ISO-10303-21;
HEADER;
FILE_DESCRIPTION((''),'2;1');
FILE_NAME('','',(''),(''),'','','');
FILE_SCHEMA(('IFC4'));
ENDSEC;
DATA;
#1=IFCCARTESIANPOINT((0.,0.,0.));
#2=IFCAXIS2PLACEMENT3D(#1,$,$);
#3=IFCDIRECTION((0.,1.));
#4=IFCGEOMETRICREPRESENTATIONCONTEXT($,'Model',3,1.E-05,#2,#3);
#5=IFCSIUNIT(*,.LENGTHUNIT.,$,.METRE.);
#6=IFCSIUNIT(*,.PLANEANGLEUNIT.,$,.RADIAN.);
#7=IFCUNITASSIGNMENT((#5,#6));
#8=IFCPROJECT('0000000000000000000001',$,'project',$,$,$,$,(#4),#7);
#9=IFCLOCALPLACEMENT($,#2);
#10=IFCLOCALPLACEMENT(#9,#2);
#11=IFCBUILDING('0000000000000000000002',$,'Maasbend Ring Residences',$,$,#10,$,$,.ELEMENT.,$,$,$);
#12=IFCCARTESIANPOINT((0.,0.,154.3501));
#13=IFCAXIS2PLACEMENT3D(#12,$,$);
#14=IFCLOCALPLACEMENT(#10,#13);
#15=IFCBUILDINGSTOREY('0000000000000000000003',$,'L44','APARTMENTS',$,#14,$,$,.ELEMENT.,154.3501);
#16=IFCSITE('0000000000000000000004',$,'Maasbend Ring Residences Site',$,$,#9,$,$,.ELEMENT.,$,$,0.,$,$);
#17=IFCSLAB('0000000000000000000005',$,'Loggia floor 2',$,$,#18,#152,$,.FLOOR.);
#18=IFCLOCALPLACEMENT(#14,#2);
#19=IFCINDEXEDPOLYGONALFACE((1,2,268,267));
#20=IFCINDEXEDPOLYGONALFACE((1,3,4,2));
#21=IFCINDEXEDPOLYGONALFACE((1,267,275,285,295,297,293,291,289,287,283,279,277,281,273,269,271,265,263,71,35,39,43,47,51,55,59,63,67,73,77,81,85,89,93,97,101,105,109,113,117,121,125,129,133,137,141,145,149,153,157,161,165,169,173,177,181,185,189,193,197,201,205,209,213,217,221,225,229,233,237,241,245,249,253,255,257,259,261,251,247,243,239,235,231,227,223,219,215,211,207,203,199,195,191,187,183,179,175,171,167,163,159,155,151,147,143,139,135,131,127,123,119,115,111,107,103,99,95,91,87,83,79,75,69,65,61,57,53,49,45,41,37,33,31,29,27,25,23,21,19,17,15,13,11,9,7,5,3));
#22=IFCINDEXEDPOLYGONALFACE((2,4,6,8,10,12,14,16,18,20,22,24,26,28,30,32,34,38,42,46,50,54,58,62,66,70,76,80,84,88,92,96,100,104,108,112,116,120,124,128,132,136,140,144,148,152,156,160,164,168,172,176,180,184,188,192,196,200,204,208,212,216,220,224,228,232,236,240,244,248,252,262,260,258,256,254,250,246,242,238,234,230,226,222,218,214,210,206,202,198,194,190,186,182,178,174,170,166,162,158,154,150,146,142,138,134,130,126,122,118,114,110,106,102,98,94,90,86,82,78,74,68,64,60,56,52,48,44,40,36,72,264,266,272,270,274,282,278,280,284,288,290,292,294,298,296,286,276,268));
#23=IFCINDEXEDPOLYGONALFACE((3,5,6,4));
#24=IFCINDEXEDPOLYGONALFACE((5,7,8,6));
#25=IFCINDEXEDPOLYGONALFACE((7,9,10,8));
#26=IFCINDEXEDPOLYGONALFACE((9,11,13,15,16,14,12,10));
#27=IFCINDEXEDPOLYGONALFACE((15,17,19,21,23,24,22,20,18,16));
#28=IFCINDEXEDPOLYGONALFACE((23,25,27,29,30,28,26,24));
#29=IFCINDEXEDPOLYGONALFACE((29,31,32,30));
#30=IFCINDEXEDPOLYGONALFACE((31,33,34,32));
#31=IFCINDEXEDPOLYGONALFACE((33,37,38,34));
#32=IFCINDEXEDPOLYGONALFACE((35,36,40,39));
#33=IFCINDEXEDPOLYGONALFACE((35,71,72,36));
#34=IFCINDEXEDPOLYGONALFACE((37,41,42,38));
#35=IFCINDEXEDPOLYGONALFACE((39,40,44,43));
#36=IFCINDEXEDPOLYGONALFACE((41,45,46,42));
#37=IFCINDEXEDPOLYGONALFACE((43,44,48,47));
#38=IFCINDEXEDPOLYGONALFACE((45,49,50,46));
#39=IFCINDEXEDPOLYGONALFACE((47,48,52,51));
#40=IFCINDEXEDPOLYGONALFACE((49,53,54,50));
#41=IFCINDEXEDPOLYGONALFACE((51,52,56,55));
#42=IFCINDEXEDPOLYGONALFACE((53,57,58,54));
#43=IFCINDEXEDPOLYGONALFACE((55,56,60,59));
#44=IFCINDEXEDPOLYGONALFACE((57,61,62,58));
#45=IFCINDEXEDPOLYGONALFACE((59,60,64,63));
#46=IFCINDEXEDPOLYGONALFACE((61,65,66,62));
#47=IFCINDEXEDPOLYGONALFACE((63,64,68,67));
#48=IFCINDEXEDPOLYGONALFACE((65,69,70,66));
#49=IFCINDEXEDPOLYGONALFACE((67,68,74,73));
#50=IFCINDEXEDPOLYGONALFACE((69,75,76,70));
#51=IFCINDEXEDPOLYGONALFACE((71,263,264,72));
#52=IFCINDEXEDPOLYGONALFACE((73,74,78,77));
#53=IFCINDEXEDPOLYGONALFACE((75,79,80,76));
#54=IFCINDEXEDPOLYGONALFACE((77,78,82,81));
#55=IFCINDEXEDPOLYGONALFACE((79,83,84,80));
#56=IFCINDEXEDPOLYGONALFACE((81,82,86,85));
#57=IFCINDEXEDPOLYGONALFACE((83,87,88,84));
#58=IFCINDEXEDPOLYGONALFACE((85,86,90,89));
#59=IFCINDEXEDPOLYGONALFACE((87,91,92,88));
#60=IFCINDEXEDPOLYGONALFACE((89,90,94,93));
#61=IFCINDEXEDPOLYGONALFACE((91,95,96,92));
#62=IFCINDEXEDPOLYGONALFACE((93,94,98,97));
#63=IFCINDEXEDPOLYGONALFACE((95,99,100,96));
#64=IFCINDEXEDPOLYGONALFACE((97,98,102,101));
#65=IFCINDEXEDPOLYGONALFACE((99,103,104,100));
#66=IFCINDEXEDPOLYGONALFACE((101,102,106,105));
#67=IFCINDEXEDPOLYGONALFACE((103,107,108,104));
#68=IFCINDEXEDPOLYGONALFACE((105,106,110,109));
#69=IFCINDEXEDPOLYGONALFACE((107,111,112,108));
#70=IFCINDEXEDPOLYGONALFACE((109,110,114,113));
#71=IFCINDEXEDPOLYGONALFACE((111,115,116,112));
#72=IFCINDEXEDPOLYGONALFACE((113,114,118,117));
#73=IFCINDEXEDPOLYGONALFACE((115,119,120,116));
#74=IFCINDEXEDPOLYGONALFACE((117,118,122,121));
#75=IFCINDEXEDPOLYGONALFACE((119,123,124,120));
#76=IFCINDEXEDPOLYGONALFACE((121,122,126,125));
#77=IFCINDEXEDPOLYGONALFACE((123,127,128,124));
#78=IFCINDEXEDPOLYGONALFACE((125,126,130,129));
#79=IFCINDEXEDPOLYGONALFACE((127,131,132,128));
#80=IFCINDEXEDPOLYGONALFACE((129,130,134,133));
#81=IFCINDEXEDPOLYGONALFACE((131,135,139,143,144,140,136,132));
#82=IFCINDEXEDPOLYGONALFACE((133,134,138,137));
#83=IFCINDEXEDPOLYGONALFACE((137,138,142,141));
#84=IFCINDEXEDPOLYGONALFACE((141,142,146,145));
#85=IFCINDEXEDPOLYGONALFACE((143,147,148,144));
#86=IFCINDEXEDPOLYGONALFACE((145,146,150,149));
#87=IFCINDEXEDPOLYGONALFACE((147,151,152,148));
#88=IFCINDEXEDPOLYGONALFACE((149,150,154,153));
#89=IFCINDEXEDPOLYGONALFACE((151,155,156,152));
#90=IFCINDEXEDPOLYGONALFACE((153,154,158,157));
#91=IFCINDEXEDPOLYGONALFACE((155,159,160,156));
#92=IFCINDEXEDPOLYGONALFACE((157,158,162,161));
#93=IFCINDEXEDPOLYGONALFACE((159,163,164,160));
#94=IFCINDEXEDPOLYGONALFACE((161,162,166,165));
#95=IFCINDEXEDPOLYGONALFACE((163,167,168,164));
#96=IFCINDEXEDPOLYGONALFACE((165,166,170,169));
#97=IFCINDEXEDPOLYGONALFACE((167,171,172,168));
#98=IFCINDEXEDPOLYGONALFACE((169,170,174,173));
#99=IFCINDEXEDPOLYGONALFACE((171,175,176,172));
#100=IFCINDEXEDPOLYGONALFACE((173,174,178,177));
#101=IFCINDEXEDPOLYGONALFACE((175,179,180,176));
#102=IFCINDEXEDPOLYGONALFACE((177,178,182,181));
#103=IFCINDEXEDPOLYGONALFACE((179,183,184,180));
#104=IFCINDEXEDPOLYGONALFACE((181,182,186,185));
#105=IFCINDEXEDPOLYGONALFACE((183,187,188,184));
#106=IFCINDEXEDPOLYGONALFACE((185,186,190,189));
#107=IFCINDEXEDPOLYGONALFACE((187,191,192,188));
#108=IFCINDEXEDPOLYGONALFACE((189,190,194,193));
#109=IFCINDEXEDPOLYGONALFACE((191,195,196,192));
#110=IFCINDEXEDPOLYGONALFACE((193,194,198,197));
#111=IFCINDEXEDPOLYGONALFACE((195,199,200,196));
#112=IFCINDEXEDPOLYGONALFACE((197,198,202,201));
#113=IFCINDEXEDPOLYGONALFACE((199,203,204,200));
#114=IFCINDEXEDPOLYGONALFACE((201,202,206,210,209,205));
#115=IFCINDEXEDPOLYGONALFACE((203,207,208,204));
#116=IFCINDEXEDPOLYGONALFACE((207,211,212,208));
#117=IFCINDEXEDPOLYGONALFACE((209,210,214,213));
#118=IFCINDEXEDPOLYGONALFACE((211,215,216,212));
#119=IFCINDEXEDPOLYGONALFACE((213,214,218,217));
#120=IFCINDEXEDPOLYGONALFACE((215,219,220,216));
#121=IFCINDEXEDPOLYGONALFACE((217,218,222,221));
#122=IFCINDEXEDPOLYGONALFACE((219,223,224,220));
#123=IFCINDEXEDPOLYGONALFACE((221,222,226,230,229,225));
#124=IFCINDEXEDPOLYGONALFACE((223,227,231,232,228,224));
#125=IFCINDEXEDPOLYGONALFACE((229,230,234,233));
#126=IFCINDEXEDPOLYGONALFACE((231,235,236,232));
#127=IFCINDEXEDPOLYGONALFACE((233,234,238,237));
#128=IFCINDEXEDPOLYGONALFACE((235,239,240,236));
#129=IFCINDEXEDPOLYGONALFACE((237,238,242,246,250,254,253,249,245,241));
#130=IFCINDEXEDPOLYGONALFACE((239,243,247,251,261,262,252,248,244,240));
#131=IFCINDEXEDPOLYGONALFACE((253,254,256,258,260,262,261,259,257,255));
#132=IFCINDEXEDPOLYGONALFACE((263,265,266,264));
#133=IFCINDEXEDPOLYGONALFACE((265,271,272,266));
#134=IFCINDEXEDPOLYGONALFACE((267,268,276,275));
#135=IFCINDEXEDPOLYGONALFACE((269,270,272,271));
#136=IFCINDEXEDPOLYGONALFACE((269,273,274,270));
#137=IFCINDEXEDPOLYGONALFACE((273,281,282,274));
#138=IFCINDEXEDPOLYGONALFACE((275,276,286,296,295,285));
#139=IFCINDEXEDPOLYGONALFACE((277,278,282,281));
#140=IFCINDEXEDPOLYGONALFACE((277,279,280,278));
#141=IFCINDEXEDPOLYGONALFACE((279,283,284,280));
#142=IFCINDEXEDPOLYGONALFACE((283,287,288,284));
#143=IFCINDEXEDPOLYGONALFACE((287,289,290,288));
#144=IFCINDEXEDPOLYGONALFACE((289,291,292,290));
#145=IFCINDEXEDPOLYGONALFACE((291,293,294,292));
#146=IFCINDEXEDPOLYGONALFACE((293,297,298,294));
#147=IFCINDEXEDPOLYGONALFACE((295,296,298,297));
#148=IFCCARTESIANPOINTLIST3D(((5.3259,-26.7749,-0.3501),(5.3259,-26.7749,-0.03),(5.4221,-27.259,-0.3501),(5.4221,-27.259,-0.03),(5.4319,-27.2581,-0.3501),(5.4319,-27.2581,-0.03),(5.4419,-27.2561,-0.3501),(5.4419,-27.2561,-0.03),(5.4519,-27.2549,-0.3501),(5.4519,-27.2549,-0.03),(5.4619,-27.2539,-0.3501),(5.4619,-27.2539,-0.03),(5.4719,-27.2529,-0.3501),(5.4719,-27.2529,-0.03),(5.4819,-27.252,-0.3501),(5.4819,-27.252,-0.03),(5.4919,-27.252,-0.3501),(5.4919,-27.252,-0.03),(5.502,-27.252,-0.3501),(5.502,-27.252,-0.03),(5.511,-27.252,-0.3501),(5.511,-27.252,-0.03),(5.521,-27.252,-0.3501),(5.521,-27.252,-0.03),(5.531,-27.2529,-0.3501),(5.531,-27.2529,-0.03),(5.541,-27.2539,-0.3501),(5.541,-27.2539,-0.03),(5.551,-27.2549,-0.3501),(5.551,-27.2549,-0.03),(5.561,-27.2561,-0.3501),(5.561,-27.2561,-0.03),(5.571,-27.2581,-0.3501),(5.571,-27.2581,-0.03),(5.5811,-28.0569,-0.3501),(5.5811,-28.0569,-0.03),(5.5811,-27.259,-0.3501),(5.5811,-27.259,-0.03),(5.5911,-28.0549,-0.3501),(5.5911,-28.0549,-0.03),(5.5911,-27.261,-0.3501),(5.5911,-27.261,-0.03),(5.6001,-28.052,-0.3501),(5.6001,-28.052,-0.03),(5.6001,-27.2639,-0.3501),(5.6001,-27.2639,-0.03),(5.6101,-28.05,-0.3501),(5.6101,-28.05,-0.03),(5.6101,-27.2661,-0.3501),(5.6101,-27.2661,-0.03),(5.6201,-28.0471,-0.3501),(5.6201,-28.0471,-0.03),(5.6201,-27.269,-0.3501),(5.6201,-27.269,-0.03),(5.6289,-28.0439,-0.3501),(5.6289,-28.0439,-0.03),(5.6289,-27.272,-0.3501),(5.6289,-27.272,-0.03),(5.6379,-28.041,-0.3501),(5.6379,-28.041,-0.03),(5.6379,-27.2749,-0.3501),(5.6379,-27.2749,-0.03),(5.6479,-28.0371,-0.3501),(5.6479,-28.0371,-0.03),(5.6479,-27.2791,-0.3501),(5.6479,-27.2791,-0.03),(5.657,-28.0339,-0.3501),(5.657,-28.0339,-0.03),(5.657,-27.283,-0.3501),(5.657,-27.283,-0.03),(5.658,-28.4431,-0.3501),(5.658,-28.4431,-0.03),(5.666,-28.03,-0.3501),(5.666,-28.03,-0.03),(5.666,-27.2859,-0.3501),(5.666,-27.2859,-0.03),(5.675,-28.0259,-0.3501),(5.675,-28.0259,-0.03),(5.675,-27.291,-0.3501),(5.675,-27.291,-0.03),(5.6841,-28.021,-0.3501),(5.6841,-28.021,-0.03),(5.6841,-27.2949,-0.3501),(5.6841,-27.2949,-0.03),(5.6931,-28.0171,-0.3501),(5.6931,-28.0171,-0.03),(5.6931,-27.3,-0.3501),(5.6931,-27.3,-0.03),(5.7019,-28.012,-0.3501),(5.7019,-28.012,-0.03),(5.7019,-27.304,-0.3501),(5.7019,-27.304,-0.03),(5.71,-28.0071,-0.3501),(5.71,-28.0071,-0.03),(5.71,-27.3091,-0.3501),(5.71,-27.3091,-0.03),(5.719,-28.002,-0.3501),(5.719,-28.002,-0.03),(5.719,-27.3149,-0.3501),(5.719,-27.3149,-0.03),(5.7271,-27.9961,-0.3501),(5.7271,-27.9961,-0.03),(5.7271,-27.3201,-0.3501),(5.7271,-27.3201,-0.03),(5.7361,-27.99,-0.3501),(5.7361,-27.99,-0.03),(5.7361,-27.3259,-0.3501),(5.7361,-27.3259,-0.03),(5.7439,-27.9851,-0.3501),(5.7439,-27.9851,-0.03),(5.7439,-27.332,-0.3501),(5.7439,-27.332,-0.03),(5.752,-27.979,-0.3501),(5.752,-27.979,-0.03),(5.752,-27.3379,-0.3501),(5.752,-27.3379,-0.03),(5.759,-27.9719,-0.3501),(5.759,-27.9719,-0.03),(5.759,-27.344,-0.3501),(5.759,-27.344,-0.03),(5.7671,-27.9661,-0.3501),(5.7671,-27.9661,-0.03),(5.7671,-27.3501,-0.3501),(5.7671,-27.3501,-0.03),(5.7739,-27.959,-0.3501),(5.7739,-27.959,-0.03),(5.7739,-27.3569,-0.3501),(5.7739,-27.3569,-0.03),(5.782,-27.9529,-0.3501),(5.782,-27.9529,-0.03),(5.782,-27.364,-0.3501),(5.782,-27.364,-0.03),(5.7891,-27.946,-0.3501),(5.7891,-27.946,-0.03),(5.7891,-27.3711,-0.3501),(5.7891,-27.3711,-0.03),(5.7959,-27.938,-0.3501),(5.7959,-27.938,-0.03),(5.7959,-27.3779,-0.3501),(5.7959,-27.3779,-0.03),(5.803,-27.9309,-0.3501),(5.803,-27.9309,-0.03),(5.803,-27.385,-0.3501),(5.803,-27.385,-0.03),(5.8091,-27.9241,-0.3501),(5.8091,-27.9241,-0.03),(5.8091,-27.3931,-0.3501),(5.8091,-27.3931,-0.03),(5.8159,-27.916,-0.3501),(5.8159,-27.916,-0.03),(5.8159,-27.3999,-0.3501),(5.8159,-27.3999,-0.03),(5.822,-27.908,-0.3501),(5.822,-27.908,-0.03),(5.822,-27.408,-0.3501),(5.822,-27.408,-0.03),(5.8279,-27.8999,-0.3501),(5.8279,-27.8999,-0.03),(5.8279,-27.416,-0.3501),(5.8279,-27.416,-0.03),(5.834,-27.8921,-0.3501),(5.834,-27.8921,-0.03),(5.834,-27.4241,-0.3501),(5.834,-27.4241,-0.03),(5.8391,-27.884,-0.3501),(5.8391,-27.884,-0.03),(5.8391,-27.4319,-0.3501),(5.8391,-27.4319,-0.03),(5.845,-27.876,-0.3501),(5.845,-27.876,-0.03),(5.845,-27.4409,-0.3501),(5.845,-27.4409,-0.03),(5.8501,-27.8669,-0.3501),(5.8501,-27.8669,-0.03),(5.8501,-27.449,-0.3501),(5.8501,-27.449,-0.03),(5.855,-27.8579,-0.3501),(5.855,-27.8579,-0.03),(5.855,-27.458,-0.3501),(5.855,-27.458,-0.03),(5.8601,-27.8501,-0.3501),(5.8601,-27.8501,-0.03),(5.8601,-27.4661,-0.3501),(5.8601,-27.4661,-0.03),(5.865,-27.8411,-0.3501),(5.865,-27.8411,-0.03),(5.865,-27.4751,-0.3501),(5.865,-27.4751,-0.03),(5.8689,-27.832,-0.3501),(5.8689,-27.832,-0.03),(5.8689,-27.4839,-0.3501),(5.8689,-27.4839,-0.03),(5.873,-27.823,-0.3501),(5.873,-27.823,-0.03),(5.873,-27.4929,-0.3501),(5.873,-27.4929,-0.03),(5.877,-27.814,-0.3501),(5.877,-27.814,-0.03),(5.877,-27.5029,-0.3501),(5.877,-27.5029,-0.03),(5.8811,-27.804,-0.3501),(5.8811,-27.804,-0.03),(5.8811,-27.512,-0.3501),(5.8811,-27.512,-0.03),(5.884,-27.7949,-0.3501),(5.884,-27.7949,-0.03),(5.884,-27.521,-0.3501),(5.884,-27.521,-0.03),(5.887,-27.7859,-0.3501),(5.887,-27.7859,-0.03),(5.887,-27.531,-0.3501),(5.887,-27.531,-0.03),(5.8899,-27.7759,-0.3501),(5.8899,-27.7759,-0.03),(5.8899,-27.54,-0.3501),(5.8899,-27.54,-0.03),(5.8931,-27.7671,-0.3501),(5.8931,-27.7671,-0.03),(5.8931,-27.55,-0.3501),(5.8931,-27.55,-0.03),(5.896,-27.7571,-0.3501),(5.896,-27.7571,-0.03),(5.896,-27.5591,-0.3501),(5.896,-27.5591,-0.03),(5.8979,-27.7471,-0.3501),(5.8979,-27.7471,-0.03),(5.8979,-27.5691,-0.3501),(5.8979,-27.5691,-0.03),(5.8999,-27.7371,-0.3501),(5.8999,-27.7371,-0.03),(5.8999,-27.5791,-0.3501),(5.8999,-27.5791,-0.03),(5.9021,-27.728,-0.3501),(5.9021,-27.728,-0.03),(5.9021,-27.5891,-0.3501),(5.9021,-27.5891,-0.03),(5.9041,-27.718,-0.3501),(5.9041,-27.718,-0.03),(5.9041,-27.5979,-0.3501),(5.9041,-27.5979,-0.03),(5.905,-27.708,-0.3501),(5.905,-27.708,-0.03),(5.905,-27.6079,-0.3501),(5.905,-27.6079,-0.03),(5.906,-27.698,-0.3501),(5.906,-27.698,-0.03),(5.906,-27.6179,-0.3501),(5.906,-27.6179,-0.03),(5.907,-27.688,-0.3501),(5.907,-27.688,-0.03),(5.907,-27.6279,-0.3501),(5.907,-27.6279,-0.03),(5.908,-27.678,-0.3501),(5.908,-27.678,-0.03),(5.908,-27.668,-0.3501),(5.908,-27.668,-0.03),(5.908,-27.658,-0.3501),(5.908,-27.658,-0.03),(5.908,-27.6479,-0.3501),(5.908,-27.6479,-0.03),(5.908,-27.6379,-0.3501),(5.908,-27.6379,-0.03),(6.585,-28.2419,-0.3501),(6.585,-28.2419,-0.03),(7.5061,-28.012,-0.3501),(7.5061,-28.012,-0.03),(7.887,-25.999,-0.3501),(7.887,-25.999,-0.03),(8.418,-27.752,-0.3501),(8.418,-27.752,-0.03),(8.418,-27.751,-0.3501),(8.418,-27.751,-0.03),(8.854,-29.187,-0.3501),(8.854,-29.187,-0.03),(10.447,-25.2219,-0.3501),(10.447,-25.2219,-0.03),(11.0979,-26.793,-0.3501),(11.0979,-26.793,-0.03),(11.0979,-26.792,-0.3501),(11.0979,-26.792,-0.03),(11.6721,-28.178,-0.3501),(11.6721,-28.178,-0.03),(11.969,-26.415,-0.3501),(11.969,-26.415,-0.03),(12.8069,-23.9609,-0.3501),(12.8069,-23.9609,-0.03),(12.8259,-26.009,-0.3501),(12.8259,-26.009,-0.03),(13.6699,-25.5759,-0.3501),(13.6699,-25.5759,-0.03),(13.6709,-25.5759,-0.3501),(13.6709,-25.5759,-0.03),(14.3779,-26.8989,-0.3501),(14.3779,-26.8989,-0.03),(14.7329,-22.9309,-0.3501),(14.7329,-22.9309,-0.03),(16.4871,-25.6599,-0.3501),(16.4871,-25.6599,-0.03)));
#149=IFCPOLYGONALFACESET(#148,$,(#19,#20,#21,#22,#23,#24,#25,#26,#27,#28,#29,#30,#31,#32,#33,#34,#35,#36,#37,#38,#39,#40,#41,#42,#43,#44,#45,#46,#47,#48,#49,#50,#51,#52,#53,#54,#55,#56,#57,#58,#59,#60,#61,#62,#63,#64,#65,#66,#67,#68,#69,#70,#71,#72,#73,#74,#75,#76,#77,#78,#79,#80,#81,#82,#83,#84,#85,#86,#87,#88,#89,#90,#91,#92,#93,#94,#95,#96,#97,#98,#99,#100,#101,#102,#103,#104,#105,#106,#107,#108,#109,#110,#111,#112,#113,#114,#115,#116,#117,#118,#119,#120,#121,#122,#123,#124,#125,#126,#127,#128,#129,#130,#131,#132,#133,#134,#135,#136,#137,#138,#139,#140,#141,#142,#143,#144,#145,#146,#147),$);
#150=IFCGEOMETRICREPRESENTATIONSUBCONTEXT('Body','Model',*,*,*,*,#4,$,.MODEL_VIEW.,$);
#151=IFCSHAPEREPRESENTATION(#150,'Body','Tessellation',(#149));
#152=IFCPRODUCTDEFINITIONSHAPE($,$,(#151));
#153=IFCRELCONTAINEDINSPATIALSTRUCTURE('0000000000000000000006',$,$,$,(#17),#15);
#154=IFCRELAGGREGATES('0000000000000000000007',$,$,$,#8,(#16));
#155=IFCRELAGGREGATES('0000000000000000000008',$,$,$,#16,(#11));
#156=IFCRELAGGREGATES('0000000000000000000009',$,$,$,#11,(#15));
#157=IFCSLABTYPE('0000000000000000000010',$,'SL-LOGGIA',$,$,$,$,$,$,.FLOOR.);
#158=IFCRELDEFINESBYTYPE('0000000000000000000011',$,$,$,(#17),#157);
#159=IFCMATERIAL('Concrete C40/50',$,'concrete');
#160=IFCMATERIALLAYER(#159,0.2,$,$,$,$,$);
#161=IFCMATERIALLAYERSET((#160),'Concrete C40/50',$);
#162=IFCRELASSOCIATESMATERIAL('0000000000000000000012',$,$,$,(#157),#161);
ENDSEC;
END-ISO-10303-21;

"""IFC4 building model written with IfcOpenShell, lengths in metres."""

from ifc_helpers import new_model, si_unit, direction, frame, origin, place, context, subcontext, project, spatial, polyline, outline, extrude, material, layer, layer_set, type_object, element, save


model = new_model("IFC4")

# Units and contexts
model_context = context("Model", 3, precision=1e-05, world=origin(), true_north=direction((0.0, 1.0)))
body_context = subcontext(model_context, "Body", "Model", "MODEL_VIEW")
ifc_project = project(units=[si_unit("LENGTHUNIT", "METRE"), si_unit("PLANEANGLEUNIT", "RADIAN")], contexts=[model_context])

# Site, building, storey
site_placement = place(None, origin())
site = spatial("IfcSite", under=ifc_project, at=site_placement, Name="Maasbend Ring Residences Site", CompositionType="ELEMENT", RefElevation=0.0)
building_placement = place(site_placement, origin())
building = spatial("IfcBuilding", under=site, at=building_placement, Name="Maasbend Ring Residences", CompositionType="ELEMENT")
storey_placement = place(building_placement, frame((0.0, 0.0, 154.3501)))
storey = spatial("IfcBuildingStorey", under=building, at=storey_placement, Name="L44", Description="APARTMENTS", CompositionType="ELEMENT", Elevation=154.3501)

# Slab
ifc_material_1 = material(Name="Concrete C40/50", Category="concrete")
ifc_layer_1 = layer(ifc_material_1, 0.2)
ifc_layer_set_1 = layer_set([ifc_layer_1], Name="Concrete C40/50")
slab_type_1 = type_object("IfcSlabType", Name="SL-LOGGIA", PredefinedType="FLOOR", material=ifc_layer_set_1)
slab_1_placement = place(storey_placement, frame((0.0, 0.0, -0.3501)))
element("IfcSlab", 1, at=slab_1_placement, inside=storey, type_object=slab_type_1, Name="Loggia floor 2", PredefinedType="FLOOR", context=body_context, shape_type="SweptSolid", body=[
    extrude(outline(polyline([(10.447, -25.2219), (12.8069, -23.9609), (14.7329, -22.9309), (14.7329, -22.9309), (14.7329, -22.9309), (16.4871, -25.6599), (16.4871, -25.6599), (16.4871, -25.6599), (14.3779, -26.8989), (14.3779, -26.8989), (14.3779, -26.8989), (13.6709, -25.5759), (13.6709, -25.5759), (13.6709, -25.5759), (13.6709, -25.5759), (13.6709, -25.5759), (13.6709, -25.5759), (13.6709, -25.5759), (13.6699, -25.5759), (13.6699, -25.5759), (13.6699, -25.5759), (13.6699, -25.5759), (13.6699, -25.5759), (13.6699, -25.5759), (13.6699, -25.5759), (13.6699, -25.5759), (13.6699, -25.5759), (13.6699, -25.5759), (12.8259, -26.009), (12.8259, -26.009), (11.969, -26.415), (11.969, -26.415), (11.0979, -26.792), (11.0979, -26.792), (11.0979, -26.792), (11.0979, -26.792), (11.0979, -26.792), (11.0979, -26.792), (11.0979, -26.792), (11.0979, -26.793), (11.0979, -26.793), (11.0979, -26.793), (11.0979, -26.793), (11.0979, -26.793), (11.0979, -26.793), (11.0979, -26.793), (11.0979, -26.793), (11.0979, -26.793), (11.0979, -26.793), (11.6721, -28.178), (11.6721, -28.178), (11.6721, -28.178), (8.854, -29.187), (8.854, -29.187), (8.854, -29.187), (8.418, -27.752), (8.418, -27.752), (8.418, -27.752), (8.418, -27.752), (8.418, -27.752), (8.418, -27.752), (8.418, -27.752), (8.418, -27.751), (8.418, -27.751), (8.418, -27.751), (8.418, -27.751), (8.418, -27.751), (8.418, -27.751), (8.418, -27.751), (8.418, -27.751), (8.418, -27.751), (8.418, -27.751), (7.5061, -28.012), (7.5061, -28.012), (6.585, -28.2419), (6.585, -28.2419), (5.658, -28.4431), (5.658, -28.4431), (5.658, -28.4431), (5.5811, -28.0569), (5.5911, -28.0549), (5.6001, -28.052), (5.6101, -28.05), (5.6201, -28.0471), (5.6289, -28.0439), (5.6379, -28.041), (5.6479, -28.0371), (5.657, -28.0339), (5.666, -28.03), (5.675, -28.0259), (5.6841, -28.021), (5.6931, -28.0171), (5.7019, -28.012), (5.71, -28.0071), (5.719, -28.002), (5.7271, -27.9961), (5.7361, -27.99), (5.7439, -27.9851), (5.752, -27.979), (5.759, -27.9719), (5.7671, -27.9661), (5.7739, -27.959), (5.782, -27.9529), (5.7891, -27.946), (5.7959, -27.938), (5.803, -27.9309), (5.8091, -27.9241), (5.8159, -27.916), (5.822, -27.908), (5.8279, -27.8999), (5.834, -27.8921), (5.8391, -27.884), (5.845, -27.876), (5.8501, -27.8669), (5.855, -27.8579), (5.8601, -27.8501), (5.865, -27.8411), (5.8689, -27.832), (5.873, -27.823), (5.877, -27.814), (5.8811, -27.804), (5.884, -27.7949), (5.887, -27.7859), (5.8899, -27.7759), (5.8931, -27.7671), (5.896, -27.7571), (5.8979, -27.7471), (5.8999, -27.7371), (5.9021, -27.728), (5.9041, -27.718), (5.905, -27.708), (5.906, -27.698), (5.907, -27.688), (5.908, -27.678), (5.908, -27.668), (5.908, -27.658), (5.908, -27.6479), (5.908, -27.6379), (5.907, -27.6279), (5.906, -27.6179), (5.905, -27.6079), (5.9041, -27.5979), (5.9021, -27.5891), (5.8999, -27.5791), (5.8979, -27.5691), (5.896, -27.5591), (5.8931, -27.55), (5.8899, -27.54), (5.887, -27.531), (5.884, -27.521), (5.8811, -27.512), (5.877, -27.5029), (5.873, -27.4929), (5.8689, -27.4839), (5.865, -27.4751), (5.8601, -27.4661), (5.855, -27.458), (5.8501, -27.449), (5.845, -27.4409), (5.8391, -27.4319), (5.834, -27.4241), (5.8279, -27.416), (5.822, -27.408), (5.8159, -27.3999), (5.8091, -27.3931), (5.803, -27.385), (5.7959, -27.3779), (5.7891, -27.3711), (5.782, -27.364), (5.7739, -27.3569), (5.7671, -27.3501), (5.759, -27.344), (5.752, -27.3379), (5.7439, -27.332), (5.7361, -27.3259), (5.7271, -27.3201), (5.719, -27.3149), (5.71, -27.3091), (5.7019, -27.304), (5.6931, -27.3), (5.6841, -27.2949), (5.675, -27.291), (5.666, -27.2859), (5.657, -27.283), (5.6479, -27.2791), (5.6379, -27.2749), (5.6289, -27.272), (5.6201, -27.269), (5.6101, -27.2661), (5.6001, -27.2639), (5.5911, -27.261), (5.5811, -27.259), (5.571, -27.2581), (5.561, -27.2561), (5.551, -27.2549), (5.541, -27.2539), (5.531, -27.2529), (5.521, -27.252), (5.511, -27.252), (5.502, -27.252), (5.4919, -27.252), (5.4819, -27.252), (5.4719, -27.2529), (5.4619, -27.2539), (5.4519, -27.2549), (5.4419, -27.2561), (5.4319, -27.2581), (5.4221, -27.259), (5.3259, -26.7749), (5.3259, -26.7749), (5.3259, -26.7749), (7.887, -25.999), (10.447, -25.2219), (10.447, -25.2219), (10.447, -25.2219)])), origin(), (0.0, 0.0, 1.0), 0.3201),
])

save(model, "model.ifc")
